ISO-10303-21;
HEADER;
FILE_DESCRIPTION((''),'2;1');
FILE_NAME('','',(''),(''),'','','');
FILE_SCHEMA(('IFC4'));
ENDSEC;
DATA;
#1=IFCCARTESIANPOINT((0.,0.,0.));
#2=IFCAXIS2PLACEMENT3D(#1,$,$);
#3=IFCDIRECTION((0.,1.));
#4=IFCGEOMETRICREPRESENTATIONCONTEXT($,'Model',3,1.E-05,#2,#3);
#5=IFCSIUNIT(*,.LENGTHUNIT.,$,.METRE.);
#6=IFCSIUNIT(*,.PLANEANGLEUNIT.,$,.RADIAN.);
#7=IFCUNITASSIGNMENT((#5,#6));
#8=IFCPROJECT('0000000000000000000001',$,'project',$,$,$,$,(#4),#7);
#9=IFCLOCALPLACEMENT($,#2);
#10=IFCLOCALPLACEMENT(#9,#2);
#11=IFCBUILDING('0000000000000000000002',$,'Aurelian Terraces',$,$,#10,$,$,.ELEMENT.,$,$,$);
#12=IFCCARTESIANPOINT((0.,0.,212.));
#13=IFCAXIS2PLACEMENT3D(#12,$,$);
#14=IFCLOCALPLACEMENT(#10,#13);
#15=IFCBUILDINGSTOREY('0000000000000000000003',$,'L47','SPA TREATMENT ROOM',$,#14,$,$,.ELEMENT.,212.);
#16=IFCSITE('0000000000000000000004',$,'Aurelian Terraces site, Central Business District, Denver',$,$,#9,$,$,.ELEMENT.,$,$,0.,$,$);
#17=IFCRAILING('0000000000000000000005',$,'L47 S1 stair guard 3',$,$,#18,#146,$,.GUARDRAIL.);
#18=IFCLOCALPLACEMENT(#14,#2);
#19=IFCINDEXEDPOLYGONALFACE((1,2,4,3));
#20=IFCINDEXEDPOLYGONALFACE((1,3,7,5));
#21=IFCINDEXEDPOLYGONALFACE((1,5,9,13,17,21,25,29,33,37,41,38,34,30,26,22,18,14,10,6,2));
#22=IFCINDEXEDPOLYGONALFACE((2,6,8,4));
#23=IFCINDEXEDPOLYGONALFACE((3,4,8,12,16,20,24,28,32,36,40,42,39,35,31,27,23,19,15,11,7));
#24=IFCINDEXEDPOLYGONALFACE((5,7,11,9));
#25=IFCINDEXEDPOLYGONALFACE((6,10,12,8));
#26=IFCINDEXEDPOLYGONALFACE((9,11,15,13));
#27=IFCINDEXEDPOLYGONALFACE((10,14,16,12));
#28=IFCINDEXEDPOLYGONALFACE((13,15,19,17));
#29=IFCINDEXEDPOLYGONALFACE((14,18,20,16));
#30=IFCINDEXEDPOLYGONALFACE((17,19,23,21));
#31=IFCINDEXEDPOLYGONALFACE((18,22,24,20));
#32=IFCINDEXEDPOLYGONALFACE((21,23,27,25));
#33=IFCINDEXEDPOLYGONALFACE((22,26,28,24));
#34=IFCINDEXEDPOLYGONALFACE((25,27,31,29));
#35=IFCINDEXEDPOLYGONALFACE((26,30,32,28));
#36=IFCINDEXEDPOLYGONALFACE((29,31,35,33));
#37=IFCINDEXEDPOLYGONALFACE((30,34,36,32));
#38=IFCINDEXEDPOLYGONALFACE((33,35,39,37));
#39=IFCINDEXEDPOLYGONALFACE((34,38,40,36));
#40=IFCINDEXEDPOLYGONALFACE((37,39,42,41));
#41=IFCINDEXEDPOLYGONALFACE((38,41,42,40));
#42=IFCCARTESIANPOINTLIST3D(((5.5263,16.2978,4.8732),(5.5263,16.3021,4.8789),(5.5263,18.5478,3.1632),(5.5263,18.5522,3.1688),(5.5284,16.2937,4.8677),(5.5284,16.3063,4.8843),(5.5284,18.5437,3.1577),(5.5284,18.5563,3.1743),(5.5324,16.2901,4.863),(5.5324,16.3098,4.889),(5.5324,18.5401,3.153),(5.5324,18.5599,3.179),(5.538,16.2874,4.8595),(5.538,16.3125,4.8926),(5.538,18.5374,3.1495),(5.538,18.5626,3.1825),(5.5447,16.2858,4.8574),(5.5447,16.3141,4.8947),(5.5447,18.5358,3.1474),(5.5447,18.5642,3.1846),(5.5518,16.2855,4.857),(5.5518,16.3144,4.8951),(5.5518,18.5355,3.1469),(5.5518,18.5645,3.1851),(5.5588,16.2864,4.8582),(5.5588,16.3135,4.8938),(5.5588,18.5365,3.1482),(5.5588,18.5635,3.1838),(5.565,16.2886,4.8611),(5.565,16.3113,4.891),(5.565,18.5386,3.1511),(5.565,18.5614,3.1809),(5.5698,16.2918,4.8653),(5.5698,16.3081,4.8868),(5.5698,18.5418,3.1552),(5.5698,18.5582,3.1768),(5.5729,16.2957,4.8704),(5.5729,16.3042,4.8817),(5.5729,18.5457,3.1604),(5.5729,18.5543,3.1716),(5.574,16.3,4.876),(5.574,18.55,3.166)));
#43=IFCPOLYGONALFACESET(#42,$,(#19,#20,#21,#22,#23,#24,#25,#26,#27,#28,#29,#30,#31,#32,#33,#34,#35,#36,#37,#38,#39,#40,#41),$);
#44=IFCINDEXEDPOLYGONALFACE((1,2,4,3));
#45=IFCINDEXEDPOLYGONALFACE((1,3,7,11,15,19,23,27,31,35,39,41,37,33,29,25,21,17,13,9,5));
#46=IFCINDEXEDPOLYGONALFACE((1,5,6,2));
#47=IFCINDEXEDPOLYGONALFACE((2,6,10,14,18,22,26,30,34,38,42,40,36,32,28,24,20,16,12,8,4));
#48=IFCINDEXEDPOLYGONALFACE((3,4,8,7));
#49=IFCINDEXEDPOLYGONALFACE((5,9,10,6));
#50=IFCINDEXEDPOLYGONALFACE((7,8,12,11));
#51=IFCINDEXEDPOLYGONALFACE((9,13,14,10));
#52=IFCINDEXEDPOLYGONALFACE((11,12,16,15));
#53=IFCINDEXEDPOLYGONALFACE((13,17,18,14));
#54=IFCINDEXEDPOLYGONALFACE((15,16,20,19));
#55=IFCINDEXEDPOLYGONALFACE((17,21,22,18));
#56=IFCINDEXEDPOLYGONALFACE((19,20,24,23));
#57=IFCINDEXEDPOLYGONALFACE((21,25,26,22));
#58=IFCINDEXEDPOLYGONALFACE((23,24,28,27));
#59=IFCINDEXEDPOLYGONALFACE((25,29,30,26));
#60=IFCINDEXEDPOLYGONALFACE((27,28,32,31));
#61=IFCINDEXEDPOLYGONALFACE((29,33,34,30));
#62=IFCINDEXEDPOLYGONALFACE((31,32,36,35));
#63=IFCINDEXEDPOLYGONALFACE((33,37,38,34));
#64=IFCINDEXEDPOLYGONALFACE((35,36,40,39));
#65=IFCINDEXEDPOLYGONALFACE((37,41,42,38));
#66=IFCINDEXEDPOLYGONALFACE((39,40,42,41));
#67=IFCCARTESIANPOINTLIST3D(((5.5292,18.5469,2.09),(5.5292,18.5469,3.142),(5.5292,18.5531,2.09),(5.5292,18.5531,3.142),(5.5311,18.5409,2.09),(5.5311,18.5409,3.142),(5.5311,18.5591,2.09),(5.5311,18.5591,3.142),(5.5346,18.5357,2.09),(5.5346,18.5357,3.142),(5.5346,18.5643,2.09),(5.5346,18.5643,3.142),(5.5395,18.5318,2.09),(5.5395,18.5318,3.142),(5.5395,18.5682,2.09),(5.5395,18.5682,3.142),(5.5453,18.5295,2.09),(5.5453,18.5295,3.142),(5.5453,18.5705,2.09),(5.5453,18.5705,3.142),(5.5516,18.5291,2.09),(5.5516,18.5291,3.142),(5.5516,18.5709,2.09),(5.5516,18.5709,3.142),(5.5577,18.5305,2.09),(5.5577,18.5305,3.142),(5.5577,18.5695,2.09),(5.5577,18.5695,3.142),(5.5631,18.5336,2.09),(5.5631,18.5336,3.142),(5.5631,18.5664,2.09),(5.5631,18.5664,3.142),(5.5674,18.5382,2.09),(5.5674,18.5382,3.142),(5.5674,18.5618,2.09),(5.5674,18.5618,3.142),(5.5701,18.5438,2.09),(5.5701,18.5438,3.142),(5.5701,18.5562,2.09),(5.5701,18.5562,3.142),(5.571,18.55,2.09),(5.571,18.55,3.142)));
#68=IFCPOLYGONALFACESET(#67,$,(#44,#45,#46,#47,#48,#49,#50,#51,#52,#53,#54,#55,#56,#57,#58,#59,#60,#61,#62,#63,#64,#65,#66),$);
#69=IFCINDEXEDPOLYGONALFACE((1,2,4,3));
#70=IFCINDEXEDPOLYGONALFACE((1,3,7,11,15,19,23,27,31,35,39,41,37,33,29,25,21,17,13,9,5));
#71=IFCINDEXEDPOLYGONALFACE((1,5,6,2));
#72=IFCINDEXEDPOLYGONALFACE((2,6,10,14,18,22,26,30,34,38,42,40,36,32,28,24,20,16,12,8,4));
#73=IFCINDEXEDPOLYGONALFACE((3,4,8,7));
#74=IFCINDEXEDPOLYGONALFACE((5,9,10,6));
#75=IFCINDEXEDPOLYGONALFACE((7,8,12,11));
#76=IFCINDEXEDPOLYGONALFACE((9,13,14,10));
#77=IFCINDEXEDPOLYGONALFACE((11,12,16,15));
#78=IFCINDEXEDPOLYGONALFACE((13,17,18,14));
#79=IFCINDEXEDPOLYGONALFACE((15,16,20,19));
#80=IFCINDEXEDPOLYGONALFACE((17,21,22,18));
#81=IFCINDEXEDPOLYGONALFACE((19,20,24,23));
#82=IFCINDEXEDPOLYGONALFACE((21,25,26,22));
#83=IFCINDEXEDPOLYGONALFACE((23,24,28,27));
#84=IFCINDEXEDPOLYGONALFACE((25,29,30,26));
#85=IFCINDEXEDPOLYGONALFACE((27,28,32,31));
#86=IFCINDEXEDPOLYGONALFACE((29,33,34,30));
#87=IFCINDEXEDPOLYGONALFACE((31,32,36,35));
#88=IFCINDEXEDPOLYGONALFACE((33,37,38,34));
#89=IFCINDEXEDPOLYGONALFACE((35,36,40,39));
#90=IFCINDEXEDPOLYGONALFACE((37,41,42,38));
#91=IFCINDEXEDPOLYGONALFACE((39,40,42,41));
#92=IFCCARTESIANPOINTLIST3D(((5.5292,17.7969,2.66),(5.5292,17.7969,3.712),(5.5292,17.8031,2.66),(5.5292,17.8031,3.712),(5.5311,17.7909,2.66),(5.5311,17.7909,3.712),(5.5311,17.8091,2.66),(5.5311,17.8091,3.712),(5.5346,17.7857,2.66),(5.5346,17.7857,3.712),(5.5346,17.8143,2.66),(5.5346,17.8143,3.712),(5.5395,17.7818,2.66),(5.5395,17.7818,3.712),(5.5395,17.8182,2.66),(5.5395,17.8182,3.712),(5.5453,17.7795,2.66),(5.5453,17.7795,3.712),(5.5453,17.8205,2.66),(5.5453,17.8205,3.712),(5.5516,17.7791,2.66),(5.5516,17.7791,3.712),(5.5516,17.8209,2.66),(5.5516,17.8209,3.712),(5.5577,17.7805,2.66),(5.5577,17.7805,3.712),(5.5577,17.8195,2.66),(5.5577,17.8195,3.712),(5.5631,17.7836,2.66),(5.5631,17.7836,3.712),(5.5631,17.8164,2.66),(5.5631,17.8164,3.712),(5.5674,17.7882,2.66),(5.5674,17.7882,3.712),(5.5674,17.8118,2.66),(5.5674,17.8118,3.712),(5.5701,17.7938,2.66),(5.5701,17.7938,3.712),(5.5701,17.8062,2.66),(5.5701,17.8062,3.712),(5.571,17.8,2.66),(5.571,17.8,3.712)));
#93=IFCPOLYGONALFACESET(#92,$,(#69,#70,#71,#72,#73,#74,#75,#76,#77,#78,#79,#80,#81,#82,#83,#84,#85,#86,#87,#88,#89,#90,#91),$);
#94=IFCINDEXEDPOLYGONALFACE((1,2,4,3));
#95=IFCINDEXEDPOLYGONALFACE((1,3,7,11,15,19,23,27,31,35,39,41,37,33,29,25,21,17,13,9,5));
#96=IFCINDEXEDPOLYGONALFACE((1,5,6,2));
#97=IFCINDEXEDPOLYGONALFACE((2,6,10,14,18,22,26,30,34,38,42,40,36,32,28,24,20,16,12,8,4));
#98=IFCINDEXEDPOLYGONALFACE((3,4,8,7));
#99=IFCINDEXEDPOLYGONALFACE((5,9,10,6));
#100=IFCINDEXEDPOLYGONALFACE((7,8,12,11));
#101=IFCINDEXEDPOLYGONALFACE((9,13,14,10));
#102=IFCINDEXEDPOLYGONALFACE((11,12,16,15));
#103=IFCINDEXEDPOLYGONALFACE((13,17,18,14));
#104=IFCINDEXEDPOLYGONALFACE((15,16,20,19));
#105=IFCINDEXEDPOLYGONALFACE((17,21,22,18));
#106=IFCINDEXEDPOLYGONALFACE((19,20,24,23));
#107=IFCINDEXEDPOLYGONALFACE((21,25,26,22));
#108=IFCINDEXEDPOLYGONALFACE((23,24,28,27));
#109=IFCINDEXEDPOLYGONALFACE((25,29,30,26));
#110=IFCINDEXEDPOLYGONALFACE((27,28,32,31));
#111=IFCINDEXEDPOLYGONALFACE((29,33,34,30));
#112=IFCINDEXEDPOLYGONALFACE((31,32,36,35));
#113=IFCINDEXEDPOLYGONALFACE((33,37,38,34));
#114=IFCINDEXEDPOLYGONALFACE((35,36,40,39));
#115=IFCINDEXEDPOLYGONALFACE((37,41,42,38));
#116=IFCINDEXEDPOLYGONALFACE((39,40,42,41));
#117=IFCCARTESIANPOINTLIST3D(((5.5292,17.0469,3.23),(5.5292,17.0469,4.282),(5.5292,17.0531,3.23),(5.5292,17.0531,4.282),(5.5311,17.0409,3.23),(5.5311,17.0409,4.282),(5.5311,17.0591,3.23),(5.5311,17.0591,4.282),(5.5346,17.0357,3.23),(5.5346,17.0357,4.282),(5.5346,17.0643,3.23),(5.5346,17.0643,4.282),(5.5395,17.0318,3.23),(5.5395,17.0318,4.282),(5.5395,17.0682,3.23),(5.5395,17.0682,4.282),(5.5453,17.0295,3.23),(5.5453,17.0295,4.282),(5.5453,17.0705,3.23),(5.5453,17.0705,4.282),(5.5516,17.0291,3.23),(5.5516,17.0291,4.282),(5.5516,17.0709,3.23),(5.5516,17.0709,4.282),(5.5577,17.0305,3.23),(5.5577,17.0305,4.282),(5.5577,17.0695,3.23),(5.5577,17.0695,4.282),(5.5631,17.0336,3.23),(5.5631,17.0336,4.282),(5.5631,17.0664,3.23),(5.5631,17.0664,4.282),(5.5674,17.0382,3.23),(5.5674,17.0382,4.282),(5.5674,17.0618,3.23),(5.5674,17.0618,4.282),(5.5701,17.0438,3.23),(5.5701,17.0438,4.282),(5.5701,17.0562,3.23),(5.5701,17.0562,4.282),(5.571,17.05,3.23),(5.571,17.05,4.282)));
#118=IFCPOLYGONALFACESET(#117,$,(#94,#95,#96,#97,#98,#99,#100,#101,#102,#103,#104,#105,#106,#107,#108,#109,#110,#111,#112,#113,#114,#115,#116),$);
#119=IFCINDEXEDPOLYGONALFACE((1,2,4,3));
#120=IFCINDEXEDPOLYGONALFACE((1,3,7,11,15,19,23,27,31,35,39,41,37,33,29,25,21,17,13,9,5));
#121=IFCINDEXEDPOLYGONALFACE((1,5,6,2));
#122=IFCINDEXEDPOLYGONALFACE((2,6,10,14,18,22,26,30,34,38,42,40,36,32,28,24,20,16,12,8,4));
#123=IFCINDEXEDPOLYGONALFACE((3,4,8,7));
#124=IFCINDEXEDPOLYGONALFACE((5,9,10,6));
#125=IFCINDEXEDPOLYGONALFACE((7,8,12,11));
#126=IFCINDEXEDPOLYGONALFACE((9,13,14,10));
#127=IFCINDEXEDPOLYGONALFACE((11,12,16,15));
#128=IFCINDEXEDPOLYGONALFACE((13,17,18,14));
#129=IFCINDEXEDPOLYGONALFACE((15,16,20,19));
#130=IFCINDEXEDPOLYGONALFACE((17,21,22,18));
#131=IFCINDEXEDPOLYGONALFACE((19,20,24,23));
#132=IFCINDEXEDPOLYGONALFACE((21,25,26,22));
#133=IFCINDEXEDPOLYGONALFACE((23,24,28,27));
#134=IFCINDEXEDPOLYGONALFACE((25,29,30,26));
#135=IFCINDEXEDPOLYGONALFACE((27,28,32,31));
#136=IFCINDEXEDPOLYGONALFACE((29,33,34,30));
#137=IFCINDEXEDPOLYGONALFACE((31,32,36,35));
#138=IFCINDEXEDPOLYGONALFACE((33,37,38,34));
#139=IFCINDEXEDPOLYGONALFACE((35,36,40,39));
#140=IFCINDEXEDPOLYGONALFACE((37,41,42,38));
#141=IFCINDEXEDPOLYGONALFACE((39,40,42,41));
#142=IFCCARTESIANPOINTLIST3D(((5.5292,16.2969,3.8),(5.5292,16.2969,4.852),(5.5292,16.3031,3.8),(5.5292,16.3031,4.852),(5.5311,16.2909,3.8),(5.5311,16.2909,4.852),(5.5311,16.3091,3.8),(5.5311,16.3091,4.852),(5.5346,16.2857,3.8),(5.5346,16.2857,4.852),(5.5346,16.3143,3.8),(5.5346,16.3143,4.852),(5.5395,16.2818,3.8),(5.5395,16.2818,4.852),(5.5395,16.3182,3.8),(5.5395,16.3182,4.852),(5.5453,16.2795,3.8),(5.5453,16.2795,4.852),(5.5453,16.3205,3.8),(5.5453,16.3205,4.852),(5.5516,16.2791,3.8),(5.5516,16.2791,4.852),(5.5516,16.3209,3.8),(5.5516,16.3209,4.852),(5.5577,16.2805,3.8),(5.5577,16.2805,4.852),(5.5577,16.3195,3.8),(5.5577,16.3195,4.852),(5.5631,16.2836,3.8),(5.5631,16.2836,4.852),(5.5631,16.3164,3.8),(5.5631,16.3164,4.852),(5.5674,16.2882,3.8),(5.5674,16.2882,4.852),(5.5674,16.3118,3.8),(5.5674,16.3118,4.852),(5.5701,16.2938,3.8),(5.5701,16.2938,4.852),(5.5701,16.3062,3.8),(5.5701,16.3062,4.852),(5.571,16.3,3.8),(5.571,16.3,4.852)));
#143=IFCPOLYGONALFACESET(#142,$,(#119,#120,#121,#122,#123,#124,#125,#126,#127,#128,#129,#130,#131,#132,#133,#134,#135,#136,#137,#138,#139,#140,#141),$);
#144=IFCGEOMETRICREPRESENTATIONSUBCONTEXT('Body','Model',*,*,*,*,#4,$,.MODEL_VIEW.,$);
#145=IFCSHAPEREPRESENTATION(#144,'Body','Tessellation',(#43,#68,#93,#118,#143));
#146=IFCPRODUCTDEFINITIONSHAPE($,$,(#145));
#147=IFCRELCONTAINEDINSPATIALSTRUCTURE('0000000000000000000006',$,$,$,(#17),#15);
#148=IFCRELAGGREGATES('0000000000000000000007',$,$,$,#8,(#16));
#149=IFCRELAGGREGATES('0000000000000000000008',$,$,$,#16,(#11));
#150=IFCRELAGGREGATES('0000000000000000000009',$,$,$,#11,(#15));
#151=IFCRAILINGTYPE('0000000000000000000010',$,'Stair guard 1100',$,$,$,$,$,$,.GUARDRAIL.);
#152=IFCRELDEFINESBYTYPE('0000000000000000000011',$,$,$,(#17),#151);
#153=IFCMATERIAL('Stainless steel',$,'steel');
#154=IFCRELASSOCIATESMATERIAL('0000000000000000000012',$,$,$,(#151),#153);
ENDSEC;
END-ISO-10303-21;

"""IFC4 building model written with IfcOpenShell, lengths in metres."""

from ifc_helpers import new_model, si_unit, direction, frame, origin, origin_2d, place, context, subcontext, project, spatial, circle, extrude, source, transform, mapped, material, type_object, element, save


model = new_model("IFC4")

# Units and contexts
model_context = context("Model", 3, precision=1e-05, world=origin(), true_north=direction((0.0, 1.0)))
body_context = subcontext(model_context, "Body", "Model", "MODEL_VIEW")
ifc_project = project(units=[si_unit("LENGTHUNIT", "METRE"), si_unit("PLANEANGLEUNIT", "RADIAN")], contexts=[model_context])

# Site, building, storey
site_placement = place(None, origin())
site = spatial("IfcSite", under=ifc_project, at=site_placement, Name="Aurelian Terraces site, Central Business District, Denver", CompositionType="ELEMENT", RefElevation=0.0)
building_placement = place(site_placement, origin())
building = spatial("IfcBuilding", under=site, at=building_placement, Name="Aurelian Terraces", CompositionType="ELEMENT")
storey_placement = place(building_placement, frame((0.0, 0.0, 212.0)))
storey = spatial("IfcBuildingStorey", under=building, at=storey_placement, Name="L47", Description="SPA TREATMENT ROOM", CompositionType="ELEMENT", Elevation=212.0)

# Railing
ifc_material_1 = material(Name="Stainless steel", Category="steel")
railing_type_1 = type_object("IfcRailingType", Name="Stair guard 1100", PredefinedType="GUARDRAIL", material=ifc_material_1)
shared_shape_1 = source(origin(), body_context, "Body", "SweptSolid", [
    extrude(circle(Radius=0.024, at=origin_2d()), frame((0.0, 0.0, 1.076), z_axis=(0.0, -0.796162, 0.605083), x_axis=(1.0, 0.0, 0.0)), (0.0, 0.0, 1.0), 2.8261),
    extrude(circle(Radius=0.021, at=origin_2d()), origin(), (0.0, 0.0, 1.0), 1.052),
    extrude(circle(Radius=0.021, at=origin_2d()), frame((0.0, -0.75, 0.57)), (0.0, 0.0, 1.0), 1.052),
    extrude(circle(Radius=0.021, at=origin_2d()), frame((0.0, -1.5, 1.14)), (0.0, 0.0, 1.0), 1.052),
    extrude(circle(Radius=0.021, at=origin_2d()), frame((0.0, -2.25, 1.71)), (0.0, 0.0, 1.0), 1.052),
])
railing_1_placement = place(storey_placement, frame((5.55, 18.55, 2.09)))
element("IfcRailing", 1, at=railing_1_placement, inside=storey, type_object=railing_type_1, Name="L47 S1 stair guard 3", PredefinedType="GUARDRAIL", context=body_context, shape_type="MappedRepresentation", body=[
    mapped(shared_shape_1, transform((0.0, 0.0, 0.0), scale=1.0)),
])

save(model, "model.ifc")
